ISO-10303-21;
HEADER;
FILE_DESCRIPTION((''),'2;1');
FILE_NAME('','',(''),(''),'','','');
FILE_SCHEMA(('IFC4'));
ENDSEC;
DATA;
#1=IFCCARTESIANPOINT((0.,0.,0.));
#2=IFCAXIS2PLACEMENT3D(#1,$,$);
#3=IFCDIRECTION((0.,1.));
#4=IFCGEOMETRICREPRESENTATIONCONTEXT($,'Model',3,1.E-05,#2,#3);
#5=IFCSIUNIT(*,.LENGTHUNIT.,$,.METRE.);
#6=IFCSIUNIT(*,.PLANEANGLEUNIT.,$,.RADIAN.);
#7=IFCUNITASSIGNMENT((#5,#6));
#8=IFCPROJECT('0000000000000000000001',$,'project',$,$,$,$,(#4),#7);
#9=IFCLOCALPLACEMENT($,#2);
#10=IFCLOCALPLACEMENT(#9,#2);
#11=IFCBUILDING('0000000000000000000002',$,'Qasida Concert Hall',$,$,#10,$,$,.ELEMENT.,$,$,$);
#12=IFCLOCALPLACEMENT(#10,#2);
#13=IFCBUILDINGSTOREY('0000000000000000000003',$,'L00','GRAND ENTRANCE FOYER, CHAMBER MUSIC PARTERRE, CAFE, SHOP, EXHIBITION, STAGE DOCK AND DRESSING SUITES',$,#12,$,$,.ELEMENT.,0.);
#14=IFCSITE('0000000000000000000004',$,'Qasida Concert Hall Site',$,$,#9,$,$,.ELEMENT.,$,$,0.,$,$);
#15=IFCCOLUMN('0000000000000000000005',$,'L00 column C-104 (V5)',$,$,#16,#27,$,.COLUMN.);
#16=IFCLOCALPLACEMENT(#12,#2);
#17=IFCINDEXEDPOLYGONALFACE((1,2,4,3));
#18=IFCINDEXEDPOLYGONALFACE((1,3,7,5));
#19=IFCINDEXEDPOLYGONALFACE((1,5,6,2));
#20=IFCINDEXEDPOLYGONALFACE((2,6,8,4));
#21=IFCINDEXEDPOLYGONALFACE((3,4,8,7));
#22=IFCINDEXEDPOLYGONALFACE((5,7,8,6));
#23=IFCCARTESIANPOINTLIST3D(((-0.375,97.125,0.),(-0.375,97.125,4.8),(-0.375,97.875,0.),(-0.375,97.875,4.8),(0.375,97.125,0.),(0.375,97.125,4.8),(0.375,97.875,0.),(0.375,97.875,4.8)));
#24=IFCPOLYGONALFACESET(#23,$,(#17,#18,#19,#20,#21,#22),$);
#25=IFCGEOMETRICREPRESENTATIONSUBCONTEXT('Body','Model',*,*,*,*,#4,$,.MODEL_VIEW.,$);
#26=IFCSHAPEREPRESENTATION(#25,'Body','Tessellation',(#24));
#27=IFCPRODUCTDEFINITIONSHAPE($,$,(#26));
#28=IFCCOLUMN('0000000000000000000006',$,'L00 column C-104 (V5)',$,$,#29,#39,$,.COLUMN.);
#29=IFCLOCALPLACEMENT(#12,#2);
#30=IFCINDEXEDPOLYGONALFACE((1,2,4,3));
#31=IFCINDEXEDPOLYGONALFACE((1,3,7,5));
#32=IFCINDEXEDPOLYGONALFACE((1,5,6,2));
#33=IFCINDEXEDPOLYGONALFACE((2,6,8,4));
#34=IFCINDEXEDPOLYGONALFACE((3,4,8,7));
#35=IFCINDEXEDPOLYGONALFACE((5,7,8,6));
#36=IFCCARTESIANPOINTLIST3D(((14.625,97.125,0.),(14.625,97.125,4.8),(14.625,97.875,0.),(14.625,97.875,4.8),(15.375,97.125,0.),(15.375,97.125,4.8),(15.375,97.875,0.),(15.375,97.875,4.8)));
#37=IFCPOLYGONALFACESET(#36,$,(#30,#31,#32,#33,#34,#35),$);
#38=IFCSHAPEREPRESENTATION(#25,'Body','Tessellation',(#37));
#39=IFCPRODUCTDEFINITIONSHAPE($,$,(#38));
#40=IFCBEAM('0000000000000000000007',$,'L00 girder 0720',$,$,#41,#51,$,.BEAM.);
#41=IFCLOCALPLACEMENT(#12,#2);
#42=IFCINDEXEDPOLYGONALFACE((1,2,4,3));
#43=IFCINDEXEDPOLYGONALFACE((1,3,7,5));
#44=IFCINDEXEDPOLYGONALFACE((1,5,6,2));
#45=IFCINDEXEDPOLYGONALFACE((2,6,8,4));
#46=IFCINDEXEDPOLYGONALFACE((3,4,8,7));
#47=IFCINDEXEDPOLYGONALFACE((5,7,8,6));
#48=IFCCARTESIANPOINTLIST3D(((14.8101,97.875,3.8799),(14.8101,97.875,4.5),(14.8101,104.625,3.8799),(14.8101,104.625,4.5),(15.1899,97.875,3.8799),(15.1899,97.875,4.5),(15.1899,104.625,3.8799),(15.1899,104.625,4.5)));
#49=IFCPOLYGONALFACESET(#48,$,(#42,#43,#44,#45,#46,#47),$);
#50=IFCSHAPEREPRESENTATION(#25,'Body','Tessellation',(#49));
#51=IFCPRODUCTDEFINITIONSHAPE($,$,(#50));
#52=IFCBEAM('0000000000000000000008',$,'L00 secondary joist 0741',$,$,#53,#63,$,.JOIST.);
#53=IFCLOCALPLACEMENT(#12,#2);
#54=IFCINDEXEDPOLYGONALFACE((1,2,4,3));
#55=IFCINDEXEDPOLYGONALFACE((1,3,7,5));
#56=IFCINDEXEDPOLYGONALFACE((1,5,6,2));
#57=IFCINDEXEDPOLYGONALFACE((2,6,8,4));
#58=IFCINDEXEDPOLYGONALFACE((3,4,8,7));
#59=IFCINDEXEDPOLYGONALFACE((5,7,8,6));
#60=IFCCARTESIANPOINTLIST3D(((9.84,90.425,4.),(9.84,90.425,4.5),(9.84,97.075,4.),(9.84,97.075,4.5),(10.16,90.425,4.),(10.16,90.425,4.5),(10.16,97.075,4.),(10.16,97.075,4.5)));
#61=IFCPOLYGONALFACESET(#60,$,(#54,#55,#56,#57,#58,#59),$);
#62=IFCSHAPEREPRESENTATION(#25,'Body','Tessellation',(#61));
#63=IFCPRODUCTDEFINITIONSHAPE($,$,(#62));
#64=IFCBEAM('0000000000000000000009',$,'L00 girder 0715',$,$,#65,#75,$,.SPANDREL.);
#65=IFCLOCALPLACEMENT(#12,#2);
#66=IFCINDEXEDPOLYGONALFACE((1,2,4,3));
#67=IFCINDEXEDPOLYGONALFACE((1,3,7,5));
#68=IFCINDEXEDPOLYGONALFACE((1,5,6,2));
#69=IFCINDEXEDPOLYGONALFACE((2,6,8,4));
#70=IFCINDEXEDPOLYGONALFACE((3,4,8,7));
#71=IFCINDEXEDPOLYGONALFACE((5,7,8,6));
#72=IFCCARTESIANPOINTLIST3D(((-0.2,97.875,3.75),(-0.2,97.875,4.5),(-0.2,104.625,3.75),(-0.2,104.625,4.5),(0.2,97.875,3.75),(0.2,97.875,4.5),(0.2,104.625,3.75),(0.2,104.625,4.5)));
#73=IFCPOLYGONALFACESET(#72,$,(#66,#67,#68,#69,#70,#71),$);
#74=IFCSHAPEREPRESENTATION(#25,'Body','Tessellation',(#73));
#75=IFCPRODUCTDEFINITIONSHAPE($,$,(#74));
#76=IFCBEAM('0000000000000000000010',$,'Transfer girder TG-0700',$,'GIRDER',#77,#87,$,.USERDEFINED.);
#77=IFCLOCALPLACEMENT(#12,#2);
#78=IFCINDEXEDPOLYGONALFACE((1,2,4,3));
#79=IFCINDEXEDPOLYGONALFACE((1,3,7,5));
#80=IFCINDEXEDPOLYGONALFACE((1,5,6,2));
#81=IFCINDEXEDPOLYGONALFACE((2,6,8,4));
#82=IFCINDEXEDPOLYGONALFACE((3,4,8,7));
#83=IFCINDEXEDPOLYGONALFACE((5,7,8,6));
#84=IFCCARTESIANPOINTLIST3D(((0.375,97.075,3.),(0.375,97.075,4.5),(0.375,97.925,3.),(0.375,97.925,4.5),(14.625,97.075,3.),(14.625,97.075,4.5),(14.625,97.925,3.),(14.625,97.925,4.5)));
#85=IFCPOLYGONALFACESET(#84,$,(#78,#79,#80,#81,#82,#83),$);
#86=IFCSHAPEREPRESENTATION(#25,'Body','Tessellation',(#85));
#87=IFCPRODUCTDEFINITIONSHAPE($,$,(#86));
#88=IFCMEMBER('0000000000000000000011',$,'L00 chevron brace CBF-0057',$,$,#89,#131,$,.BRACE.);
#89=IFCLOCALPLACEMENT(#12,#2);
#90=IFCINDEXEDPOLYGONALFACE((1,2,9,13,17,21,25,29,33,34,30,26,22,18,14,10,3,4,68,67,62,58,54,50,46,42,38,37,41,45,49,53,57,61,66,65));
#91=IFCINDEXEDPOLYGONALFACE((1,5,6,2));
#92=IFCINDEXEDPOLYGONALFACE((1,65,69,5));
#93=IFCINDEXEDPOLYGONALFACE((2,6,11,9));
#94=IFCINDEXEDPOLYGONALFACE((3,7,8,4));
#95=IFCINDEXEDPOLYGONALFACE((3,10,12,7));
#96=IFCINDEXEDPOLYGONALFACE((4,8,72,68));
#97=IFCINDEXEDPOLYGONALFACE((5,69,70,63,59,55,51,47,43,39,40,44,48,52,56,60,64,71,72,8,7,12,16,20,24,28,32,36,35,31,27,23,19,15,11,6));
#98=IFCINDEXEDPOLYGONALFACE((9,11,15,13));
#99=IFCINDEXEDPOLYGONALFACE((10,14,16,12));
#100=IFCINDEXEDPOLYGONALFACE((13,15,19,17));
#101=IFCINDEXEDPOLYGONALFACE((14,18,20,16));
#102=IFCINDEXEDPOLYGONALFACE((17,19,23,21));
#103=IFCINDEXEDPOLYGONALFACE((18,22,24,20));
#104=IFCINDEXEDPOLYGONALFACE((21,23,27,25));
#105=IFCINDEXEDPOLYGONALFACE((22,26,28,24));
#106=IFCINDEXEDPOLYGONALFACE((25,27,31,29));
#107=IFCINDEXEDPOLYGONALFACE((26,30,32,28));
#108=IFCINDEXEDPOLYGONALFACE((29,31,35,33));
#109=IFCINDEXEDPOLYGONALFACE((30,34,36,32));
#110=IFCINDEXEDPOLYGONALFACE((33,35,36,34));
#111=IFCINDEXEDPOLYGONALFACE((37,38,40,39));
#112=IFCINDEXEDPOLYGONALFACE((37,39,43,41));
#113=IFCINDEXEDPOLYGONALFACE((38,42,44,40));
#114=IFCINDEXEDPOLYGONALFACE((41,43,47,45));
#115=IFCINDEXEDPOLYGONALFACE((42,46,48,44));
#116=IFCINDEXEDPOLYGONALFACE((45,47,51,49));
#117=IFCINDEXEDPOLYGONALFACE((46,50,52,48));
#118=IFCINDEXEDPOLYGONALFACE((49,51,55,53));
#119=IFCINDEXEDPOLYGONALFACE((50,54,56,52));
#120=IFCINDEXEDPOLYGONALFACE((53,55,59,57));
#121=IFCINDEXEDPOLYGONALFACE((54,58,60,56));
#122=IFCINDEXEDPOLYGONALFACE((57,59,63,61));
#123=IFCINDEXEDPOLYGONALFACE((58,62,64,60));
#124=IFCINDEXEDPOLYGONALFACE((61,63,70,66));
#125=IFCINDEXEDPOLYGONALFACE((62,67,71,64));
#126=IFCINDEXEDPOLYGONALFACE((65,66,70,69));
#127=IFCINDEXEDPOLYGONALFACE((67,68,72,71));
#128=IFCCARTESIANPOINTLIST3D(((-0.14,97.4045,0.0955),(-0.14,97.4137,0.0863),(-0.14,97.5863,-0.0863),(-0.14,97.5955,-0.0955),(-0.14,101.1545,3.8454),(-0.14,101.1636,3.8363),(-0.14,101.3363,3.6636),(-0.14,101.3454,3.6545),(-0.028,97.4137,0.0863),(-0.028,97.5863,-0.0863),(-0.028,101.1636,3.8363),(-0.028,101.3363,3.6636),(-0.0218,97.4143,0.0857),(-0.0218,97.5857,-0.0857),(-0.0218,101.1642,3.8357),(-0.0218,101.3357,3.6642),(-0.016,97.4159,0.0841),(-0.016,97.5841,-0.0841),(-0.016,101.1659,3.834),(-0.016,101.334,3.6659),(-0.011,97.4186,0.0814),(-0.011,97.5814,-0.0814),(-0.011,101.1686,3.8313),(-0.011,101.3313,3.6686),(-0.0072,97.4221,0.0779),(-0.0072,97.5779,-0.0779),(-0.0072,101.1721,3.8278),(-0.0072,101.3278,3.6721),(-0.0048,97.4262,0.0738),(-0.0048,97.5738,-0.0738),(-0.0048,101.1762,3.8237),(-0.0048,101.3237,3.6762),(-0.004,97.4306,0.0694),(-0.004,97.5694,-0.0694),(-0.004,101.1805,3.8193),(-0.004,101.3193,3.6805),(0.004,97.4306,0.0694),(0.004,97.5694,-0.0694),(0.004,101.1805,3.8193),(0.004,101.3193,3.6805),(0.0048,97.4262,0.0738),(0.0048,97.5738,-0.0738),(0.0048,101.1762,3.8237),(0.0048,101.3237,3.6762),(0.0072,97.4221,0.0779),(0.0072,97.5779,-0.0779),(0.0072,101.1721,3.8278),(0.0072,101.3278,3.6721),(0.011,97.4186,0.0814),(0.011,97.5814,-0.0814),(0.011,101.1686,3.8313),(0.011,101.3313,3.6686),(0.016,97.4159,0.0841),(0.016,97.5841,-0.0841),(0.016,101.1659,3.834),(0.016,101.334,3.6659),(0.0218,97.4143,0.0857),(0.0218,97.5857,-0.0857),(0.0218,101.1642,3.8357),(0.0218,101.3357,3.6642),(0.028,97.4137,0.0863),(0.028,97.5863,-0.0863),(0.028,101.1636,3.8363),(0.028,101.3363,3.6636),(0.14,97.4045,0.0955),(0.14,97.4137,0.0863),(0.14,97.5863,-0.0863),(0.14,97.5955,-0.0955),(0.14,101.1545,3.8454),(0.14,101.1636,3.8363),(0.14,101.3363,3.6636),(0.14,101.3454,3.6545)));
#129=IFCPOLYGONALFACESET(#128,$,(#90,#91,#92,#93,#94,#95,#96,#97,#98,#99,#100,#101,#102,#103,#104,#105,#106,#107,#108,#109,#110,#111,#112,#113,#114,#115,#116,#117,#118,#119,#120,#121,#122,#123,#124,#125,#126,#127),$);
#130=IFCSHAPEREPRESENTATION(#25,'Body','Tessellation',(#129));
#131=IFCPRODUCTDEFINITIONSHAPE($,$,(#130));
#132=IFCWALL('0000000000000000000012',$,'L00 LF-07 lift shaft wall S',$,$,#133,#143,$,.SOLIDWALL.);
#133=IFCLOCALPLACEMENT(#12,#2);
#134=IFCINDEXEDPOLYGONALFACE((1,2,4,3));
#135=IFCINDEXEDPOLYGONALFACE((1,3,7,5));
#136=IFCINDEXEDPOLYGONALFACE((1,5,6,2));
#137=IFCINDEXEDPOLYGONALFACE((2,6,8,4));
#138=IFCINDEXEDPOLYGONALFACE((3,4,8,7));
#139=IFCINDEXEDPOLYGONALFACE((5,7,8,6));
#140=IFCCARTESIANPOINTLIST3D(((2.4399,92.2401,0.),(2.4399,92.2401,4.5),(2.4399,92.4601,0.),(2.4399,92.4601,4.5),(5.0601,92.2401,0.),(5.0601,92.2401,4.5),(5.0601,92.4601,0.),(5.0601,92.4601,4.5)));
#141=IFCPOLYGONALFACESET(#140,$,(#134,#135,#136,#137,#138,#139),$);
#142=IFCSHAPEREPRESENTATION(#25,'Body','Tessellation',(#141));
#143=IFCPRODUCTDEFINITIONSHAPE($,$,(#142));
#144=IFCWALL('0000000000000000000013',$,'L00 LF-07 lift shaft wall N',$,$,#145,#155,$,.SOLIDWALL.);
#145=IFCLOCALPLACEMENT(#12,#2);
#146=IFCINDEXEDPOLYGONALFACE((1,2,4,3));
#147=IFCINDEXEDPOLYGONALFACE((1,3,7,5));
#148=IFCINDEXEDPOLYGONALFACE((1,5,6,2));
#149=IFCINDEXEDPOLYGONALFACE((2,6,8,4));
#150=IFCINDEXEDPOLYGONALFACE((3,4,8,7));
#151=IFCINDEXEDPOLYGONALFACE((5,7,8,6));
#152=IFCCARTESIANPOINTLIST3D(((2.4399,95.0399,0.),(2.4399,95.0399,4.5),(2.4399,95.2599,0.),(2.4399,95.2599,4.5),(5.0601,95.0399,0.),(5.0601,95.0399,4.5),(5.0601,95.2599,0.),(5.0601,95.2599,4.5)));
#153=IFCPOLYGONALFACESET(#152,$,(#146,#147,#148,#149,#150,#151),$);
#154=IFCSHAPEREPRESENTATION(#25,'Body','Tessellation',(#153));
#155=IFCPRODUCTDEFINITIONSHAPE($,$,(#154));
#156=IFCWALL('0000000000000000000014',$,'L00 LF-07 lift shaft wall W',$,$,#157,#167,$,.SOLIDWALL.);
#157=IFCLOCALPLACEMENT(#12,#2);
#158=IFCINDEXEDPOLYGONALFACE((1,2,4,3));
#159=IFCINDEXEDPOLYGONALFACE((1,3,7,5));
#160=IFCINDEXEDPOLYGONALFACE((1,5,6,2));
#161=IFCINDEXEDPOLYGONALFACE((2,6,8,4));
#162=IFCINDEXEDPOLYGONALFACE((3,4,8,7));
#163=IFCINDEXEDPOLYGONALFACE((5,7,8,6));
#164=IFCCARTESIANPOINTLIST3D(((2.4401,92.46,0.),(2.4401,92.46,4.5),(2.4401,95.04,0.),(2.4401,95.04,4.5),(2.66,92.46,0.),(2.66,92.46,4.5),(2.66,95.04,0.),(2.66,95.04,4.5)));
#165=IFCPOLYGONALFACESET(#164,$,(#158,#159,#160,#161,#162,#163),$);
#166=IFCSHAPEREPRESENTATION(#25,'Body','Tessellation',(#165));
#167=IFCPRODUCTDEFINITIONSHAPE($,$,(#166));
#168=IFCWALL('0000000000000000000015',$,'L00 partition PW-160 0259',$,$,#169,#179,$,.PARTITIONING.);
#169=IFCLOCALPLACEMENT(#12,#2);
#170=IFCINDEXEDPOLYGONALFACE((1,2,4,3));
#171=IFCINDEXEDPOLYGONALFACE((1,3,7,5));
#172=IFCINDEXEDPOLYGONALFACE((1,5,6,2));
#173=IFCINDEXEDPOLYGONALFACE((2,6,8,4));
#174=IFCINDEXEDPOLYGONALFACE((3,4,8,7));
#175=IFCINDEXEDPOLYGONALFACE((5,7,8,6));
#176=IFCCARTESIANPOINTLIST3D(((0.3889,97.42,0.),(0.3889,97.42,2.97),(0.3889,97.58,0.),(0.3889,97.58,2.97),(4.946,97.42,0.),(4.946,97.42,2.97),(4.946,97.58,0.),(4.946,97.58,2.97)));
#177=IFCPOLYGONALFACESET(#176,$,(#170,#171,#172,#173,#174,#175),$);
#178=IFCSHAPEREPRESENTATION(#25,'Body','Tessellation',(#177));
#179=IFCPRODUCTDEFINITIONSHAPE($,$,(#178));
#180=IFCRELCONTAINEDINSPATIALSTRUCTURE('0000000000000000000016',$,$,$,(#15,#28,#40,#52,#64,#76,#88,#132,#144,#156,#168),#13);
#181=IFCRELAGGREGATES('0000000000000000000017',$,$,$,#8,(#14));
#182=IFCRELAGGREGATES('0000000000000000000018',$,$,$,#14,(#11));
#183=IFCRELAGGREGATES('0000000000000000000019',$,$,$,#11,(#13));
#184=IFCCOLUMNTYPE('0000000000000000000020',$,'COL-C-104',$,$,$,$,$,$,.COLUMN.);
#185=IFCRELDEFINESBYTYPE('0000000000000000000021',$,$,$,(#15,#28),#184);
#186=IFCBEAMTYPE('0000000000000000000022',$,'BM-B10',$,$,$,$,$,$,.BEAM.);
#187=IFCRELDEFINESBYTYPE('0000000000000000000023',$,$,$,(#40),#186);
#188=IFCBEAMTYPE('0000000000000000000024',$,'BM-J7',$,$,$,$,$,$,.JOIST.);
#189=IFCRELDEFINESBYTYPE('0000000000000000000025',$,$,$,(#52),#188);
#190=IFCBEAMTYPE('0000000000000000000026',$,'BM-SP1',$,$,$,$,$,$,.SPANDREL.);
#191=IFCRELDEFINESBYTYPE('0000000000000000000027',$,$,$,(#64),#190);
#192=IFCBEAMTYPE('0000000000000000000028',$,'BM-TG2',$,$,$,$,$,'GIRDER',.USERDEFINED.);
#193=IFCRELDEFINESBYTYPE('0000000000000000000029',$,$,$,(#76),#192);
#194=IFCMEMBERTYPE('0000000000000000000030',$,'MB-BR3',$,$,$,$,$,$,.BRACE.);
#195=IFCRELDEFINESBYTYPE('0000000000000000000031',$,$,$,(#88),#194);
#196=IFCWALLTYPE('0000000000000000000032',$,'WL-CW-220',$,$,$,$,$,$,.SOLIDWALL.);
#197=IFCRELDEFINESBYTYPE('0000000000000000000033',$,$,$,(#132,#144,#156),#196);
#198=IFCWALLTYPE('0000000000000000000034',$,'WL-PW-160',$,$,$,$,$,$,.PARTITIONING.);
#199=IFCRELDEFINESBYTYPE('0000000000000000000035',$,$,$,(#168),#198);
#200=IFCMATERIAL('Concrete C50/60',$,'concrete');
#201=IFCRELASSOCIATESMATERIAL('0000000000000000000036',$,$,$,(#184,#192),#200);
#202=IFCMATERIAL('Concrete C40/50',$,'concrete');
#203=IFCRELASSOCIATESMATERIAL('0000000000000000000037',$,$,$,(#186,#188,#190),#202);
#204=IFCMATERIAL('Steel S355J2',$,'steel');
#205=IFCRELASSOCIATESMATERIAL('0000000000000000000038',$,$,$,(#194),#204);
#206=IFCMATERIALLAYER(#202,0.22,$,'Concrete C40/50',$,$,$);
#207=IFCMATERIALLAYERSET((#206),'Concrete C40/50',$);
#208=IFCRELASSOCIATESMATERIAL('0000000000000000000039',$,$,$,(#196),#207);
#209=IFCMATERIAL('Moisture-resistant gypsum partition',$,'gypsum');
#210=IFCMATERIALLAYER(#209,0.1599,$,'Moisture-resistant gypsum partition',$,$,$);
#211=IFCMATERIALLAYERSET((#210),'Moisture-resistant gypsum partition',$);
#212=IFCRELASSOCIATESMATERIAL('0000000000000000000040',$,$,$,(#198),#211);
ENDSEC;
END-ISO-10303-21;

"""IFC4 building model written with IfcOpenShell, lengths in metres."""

from ifc_helpers import new_model, si_unit, direction, frame, frame_2d, origin, origin_2d, place, context, subcontext, project, spatial, rectangle, i_section, extrude, material, layer, layer_set, material_profile, profile_set, type_object, element, save


model = new_model("IFC4")

# Units and contexts
model_context = context("Model", 3, precision=1e-05, world=origin(), true_north=direction((0.0, 1.0)))
body_context = subcontext(model_context, "Body", "Model", "MODEL_VIEW")
ifc_project = project(units=[si_unit("LENGTHUNIT", "METRE"), si_unit("PLANEANGLEUNIT", "RADIAN")], contexts=[model_context])

# Site, building, storey
site_placement = place(None, origin())
site = spatial("IfcSite", under=ifc_project, at=site_placement, Name="Qasida Concert Hall Site", CompositionType="ELEMENT", RefElevation=0.0)
building_placement = place(site_placement, origin())
building = spatial("IfcBuilding", under=site, at=building_placement, Name="Qasida Concert Hall", CompositionType="ELEMENT")
storey_placement = place(building_placement, origin())
storey = spatial("IfcBuildingStorey", under=building, at=storey_placement, Name="L00", Description="GRAND ENTRANCE FOYER, CHAMBER MUSIC PARTERRE, CAFE, SHOP, EXHIBITION, STAGE DOCK AND DRESSING SUITES", CompositionType="ELEMENT", Elevation=0.0)

# Columns
ifc_material_1 = material(Name="Concrete C50/60", Category="concrete")
ifc_material_profile_1 = material_profile(ifc_material_1, rectangle(XDim=0.75, YDim=0.75, at=origin_2d()), Name="RC 750x750")
ifc_profile_set_1 = profile_set([ifc_material_profile_1], Name="Concrete C50/60")
column_type = type_object("IfcColumnType", Name="COL-C-104", PredefinedType="COLUMN", material=ifc_profile_set_1)
for number, where, z_axis, x_axis, name in (
    (1, (0.0, 97.5, 0.0), (0.0, 0.0, 1.0), (1.0, 0.0, 0.0), "L00 column C-104 (V5)"),
    (2, (15.0, 97.5, 0.0), (0.0, 0.0, 1.0), (1.0, 0.0, 0.0), "L00 column C-104 (V5)"),
):
    element("IfcColumn", number, at=place(storey_placement, frame(where, z_axis=z_axis, x_axis=x_axis)), inside=storey, type_object=column_type, Name=name, PredefinedType="COLUMN", context=body_context, shape_type="SweptSolid", body=[
        extrude(rectangle(XDim=0.75, YDim=0.75, at=origin_2d()), origin(), (0.0, 0.0, 1.0), 4.8),
    ])

# Beams
ifc_material_2 = material(Name="Concrete C40/50", Category="concrete")
ifc_material_profile_2 = material_profile(ifc_material_2, rectangle(XDim=0.3799, YDim=0.6201, at=origin_2d()), Name="RC 380x620")
ifc_profile_set_2 = profile_set([ifc_material_profile_2], Name="Concrete C40/50")
beam_type_1 = type_object("IfcBeamType", Name="BM-B10", PredefinedType="BEAM", material=ifc_profile_set_2)
beam_1_placement = place(storey_placement, frame((15.0, 97.875, 4.1899), z_axis=(0.0, 1.0, 0.0), x_axis=(-1.0, 0.0, 0.0)))
element("IfcBeam", 3, at=beam_1_placement, inside=storey, type_object=beam_type_1, Name="L00 girder 0720", PredefinedType="BEAM", context=body_context, shape_type="SweptSolid", body=[
    extrude(rectangle(XDim=0.3799, YDim=0.6201, at=origin_2d()), origin(), (0.0, 0.0, 1.0), 6.75),
])
ifc_material_profile_3 = material_profile(ifc_material_2, rectangle(XDim=0.3201, YDim=0.5, at=origin_2d()), Name="RC 320x500")
ifc_profile_set_3 = profile_set([ifc_material_profile_3], Name="Concrete C40/50")
beam_type_2 = type_object("IfcBeamType", Name="BM-J7", PredefinedType="JOIST", material=ifc_profile_set_3)
beam_2_placement = place(storey_placement, frame((10.0, 90.425, 4.25), z_axis=(0.0, 1.0, 0.0), x_axis=(-1.0, 0.0, 0.0)))
element("IfcBeam", 4, at=beam_2_placement, inside=storey, type_object=beam_type_2, Name="L00 secondary joist 0741", PredefinedType="JOIST", context=body_context, shape_type="SweptSolid", body=[
    extrude(rectangle(XDim=0.3201, YDim=0.5, at=origin_2d()), origin(), (0.0, 0.0, 1.0), 6.6499),
])
ifc_material_profile_4 = material_profile(ifc_material_2, rectangle(XDim=0.3999, YDim=0.75, at=origin_2d()), Name="RC 400x750")
ifc_profile_set_4 = profile_set([ifc_material_profile_4], Name="Concrete C40/50")
beam_type_3 = type_object("IfcBeamType", Name="BM-SP1", PredefinedType="SPANDREL", material=ifc_profile_set_4)
beam_3_placement = place(storey_placement, frame((0.0, 97.875, 4.125), z_axis=(0.0, 1.0, 0.0), x_axis=(-1.0, 0.0, 0.0)))
element("IfcBeam", 5, at=beam_3_placement, inside=storey, type_object=beam_type_3, Name="L00 girder 0715", PredefinedType="SPANDREL", context=body_context, shape_type="SweptSolid", body=[
    extrude(rectangle(XDim=0.3999, YDim=0.75, at=origin_2d()), origin(), (0.0, 0.0, 1.0), 6.75),
])
ifc_material_profile_5 = material_profile(ifc_material_1, rectangle(XDim=0.8501, YDim=1.5, at=origin_2d()), Name="RC 850x1500")
ifc_profile_set_5 = profile_set([ifc_material_profile_5], Name="Concrete C50/60")
beam_type_4 = type_object("IfcBeamType", Name="BM-TG2", ElementType="GIRDER", PredefinedType="USERDEFINED", material=ifc_profile_set_5)
beam_4_placement = place(storey_placement, frame((0.375, 97.5, 3.75), z_axis=(1.0, 0.0, 0.0), x_axis=(0.0, 1.0, 0.0)))
element("IfcBeam", 6, at=beam_4_placement, inside=storey, type_object=beam_type_4, Name="Transfer girder TG-0700", ObjectType="GIRDER", PredefinedType="USERDEFINED", context=body_context, shape_type="SweptSolid", body=[
    extrude(rectangle(XDim=0.8501, YDim=1.5, at=origin_2d()), origin(), (0.0, 0.0, 1.0), 14.25),
])

# Member
ifc_material_3 = material(Name="Steel S355J2", Category="steel")
ifc_material_profile_6 = material_profile(ifc_material_3, i_section(OverallWidth=0.28, OverallDepth=0.27, WebThickness=0.0081, FlangeThickness=0.0129, FilletRadius=0.0239, at=origin_2d()), Name="HEA 280")
ifc_profile_set_6 = profile_set([ifc_material_profile_6], Name="Steel S355J2")
member_type = type_object("IfcMemberType", Name="MB-BR3", PredefinedType="BRACE", material=ifc_profile_set_6)
member_placement = place(storey_placement, frame((0.0, 97.5, 0.0), z_axis=(0.0, 0.707107, 0.707107), x_axis=(-1.0, 0.0, 0.0)))
element("IfcMember", 7, at=member_placement, inside=storey, type_object=member_type, Name="L00 chevron brace CBF-0057", PredefinedType="BRACE", context=body_context, shape_type="SweptSolid", body=[
    extrude(i_section(OverallWidth=0.28, OverallDepth=0.27, WebThickness=0.0081, FlangeThickness=0.0129, FilletRadius=0.0239, at=origin_2d()), origin(), (0.0, 0.0, 1.0), 5.3032),
])

# Walls
ifc_layer_1 = layer(ifc_material_2, 0.22, Name="Concrete C40/50")
ifc_layer_set_1 = layer_set([ifc_layer_1], Name="Concrete C40/50")
wall_type_1 = type_object("IfcWallType", Name="WL-CW-220", PredefinedType="SOLIDWALL", material=ifc_layer_set_1)
for number, where, z_axis, x_axis, name in (
    (8, (2.4399, 92.3501, 0.0), (0.0, 0.0, 1.0), (1.0, 0.0, 0.0), "L00 LF-07 lift shaft wall S"),
    (9, (2.4399, 95.1499, 0.0), (0.0, 0.0, 1.0), (1.0, 0.0, 0.0), "L00 LF-07 lift shaft wall N"),
):
    element("IfcWall", number, at=place(storey_placement, frame(where, z_axis=z_axis, x_axis=x_axis)), inside=storey, type_object=wall_type_1, Name=name, PredefinedType="SOLIDWALL", context=body_context, shape_type="SweptSolid", body=[
        extrude(rectangle(XDim=2.6201, YDim=0.22, at=frame_2d((1.3101, 0.0))), origin(), (0.0, 0.0, 1.0), 4.5),
    ])
wall_1_placement = place(storey_placement, frame((2.55, 92.46, 0.0), z_axis=(0.0, 0.0, 1.0), x_axis=(0.0, 1.0, 0.0)))
element("IfcWall", 10, at=wall_1_placement, inside=storey, type_object=wall_type_1, Name="L00 LF-07 lift shaft wall W", PredefinedType="SOLIDWALL", context=body_context, shape_type="SweptSolid", body=[
    extrude(rectangle(XDim=2.5801, YDim=0.22, at=frame_2d((1.29, 0.0))), origin(), (0.0, 0.0, 1.0), 4.5),
])

# Wall
ifc_material_4 = material(Name="Moisture-resistant gypsum partition", Category="gypsum")
ifc_layer_2 = layer(ifc_material_4, 0.1599, Name="Moisture-resistant gypsum partition")
ifc_layer_set_2 = layer_set([ifc_layer_2], Name="Moisture-resistant gypsum partition")
wall_type_2 = type_object("IfcWallType", Name="WL-PW-160", PredefinedType="PARTITIONING", material=ifc_layer_set_2)
wall_2_placement = place(storey_placement, frame((0.3889, 97.5, 0.0), z_axis=(0.0, 0.0, 1.0), x_axis=(1.0, 0.0, 0.0)))
element("IfcWall", 11, at=wall_2_placement, inside=storey, type_object=wall_type_2, Name="L00 partition PW-160 0259", PredefinedType="PARTITIONING", context=body_context, shape_type="SweptSolid", body=[
    extrude(rectangle(XDim=4.5571, YDim=0.1599, at=frame_2d((2.2786, 0.0))), origin(), (0.0, 0.0, 1.0), 2.97),
])

save(model, "model.ifc")
